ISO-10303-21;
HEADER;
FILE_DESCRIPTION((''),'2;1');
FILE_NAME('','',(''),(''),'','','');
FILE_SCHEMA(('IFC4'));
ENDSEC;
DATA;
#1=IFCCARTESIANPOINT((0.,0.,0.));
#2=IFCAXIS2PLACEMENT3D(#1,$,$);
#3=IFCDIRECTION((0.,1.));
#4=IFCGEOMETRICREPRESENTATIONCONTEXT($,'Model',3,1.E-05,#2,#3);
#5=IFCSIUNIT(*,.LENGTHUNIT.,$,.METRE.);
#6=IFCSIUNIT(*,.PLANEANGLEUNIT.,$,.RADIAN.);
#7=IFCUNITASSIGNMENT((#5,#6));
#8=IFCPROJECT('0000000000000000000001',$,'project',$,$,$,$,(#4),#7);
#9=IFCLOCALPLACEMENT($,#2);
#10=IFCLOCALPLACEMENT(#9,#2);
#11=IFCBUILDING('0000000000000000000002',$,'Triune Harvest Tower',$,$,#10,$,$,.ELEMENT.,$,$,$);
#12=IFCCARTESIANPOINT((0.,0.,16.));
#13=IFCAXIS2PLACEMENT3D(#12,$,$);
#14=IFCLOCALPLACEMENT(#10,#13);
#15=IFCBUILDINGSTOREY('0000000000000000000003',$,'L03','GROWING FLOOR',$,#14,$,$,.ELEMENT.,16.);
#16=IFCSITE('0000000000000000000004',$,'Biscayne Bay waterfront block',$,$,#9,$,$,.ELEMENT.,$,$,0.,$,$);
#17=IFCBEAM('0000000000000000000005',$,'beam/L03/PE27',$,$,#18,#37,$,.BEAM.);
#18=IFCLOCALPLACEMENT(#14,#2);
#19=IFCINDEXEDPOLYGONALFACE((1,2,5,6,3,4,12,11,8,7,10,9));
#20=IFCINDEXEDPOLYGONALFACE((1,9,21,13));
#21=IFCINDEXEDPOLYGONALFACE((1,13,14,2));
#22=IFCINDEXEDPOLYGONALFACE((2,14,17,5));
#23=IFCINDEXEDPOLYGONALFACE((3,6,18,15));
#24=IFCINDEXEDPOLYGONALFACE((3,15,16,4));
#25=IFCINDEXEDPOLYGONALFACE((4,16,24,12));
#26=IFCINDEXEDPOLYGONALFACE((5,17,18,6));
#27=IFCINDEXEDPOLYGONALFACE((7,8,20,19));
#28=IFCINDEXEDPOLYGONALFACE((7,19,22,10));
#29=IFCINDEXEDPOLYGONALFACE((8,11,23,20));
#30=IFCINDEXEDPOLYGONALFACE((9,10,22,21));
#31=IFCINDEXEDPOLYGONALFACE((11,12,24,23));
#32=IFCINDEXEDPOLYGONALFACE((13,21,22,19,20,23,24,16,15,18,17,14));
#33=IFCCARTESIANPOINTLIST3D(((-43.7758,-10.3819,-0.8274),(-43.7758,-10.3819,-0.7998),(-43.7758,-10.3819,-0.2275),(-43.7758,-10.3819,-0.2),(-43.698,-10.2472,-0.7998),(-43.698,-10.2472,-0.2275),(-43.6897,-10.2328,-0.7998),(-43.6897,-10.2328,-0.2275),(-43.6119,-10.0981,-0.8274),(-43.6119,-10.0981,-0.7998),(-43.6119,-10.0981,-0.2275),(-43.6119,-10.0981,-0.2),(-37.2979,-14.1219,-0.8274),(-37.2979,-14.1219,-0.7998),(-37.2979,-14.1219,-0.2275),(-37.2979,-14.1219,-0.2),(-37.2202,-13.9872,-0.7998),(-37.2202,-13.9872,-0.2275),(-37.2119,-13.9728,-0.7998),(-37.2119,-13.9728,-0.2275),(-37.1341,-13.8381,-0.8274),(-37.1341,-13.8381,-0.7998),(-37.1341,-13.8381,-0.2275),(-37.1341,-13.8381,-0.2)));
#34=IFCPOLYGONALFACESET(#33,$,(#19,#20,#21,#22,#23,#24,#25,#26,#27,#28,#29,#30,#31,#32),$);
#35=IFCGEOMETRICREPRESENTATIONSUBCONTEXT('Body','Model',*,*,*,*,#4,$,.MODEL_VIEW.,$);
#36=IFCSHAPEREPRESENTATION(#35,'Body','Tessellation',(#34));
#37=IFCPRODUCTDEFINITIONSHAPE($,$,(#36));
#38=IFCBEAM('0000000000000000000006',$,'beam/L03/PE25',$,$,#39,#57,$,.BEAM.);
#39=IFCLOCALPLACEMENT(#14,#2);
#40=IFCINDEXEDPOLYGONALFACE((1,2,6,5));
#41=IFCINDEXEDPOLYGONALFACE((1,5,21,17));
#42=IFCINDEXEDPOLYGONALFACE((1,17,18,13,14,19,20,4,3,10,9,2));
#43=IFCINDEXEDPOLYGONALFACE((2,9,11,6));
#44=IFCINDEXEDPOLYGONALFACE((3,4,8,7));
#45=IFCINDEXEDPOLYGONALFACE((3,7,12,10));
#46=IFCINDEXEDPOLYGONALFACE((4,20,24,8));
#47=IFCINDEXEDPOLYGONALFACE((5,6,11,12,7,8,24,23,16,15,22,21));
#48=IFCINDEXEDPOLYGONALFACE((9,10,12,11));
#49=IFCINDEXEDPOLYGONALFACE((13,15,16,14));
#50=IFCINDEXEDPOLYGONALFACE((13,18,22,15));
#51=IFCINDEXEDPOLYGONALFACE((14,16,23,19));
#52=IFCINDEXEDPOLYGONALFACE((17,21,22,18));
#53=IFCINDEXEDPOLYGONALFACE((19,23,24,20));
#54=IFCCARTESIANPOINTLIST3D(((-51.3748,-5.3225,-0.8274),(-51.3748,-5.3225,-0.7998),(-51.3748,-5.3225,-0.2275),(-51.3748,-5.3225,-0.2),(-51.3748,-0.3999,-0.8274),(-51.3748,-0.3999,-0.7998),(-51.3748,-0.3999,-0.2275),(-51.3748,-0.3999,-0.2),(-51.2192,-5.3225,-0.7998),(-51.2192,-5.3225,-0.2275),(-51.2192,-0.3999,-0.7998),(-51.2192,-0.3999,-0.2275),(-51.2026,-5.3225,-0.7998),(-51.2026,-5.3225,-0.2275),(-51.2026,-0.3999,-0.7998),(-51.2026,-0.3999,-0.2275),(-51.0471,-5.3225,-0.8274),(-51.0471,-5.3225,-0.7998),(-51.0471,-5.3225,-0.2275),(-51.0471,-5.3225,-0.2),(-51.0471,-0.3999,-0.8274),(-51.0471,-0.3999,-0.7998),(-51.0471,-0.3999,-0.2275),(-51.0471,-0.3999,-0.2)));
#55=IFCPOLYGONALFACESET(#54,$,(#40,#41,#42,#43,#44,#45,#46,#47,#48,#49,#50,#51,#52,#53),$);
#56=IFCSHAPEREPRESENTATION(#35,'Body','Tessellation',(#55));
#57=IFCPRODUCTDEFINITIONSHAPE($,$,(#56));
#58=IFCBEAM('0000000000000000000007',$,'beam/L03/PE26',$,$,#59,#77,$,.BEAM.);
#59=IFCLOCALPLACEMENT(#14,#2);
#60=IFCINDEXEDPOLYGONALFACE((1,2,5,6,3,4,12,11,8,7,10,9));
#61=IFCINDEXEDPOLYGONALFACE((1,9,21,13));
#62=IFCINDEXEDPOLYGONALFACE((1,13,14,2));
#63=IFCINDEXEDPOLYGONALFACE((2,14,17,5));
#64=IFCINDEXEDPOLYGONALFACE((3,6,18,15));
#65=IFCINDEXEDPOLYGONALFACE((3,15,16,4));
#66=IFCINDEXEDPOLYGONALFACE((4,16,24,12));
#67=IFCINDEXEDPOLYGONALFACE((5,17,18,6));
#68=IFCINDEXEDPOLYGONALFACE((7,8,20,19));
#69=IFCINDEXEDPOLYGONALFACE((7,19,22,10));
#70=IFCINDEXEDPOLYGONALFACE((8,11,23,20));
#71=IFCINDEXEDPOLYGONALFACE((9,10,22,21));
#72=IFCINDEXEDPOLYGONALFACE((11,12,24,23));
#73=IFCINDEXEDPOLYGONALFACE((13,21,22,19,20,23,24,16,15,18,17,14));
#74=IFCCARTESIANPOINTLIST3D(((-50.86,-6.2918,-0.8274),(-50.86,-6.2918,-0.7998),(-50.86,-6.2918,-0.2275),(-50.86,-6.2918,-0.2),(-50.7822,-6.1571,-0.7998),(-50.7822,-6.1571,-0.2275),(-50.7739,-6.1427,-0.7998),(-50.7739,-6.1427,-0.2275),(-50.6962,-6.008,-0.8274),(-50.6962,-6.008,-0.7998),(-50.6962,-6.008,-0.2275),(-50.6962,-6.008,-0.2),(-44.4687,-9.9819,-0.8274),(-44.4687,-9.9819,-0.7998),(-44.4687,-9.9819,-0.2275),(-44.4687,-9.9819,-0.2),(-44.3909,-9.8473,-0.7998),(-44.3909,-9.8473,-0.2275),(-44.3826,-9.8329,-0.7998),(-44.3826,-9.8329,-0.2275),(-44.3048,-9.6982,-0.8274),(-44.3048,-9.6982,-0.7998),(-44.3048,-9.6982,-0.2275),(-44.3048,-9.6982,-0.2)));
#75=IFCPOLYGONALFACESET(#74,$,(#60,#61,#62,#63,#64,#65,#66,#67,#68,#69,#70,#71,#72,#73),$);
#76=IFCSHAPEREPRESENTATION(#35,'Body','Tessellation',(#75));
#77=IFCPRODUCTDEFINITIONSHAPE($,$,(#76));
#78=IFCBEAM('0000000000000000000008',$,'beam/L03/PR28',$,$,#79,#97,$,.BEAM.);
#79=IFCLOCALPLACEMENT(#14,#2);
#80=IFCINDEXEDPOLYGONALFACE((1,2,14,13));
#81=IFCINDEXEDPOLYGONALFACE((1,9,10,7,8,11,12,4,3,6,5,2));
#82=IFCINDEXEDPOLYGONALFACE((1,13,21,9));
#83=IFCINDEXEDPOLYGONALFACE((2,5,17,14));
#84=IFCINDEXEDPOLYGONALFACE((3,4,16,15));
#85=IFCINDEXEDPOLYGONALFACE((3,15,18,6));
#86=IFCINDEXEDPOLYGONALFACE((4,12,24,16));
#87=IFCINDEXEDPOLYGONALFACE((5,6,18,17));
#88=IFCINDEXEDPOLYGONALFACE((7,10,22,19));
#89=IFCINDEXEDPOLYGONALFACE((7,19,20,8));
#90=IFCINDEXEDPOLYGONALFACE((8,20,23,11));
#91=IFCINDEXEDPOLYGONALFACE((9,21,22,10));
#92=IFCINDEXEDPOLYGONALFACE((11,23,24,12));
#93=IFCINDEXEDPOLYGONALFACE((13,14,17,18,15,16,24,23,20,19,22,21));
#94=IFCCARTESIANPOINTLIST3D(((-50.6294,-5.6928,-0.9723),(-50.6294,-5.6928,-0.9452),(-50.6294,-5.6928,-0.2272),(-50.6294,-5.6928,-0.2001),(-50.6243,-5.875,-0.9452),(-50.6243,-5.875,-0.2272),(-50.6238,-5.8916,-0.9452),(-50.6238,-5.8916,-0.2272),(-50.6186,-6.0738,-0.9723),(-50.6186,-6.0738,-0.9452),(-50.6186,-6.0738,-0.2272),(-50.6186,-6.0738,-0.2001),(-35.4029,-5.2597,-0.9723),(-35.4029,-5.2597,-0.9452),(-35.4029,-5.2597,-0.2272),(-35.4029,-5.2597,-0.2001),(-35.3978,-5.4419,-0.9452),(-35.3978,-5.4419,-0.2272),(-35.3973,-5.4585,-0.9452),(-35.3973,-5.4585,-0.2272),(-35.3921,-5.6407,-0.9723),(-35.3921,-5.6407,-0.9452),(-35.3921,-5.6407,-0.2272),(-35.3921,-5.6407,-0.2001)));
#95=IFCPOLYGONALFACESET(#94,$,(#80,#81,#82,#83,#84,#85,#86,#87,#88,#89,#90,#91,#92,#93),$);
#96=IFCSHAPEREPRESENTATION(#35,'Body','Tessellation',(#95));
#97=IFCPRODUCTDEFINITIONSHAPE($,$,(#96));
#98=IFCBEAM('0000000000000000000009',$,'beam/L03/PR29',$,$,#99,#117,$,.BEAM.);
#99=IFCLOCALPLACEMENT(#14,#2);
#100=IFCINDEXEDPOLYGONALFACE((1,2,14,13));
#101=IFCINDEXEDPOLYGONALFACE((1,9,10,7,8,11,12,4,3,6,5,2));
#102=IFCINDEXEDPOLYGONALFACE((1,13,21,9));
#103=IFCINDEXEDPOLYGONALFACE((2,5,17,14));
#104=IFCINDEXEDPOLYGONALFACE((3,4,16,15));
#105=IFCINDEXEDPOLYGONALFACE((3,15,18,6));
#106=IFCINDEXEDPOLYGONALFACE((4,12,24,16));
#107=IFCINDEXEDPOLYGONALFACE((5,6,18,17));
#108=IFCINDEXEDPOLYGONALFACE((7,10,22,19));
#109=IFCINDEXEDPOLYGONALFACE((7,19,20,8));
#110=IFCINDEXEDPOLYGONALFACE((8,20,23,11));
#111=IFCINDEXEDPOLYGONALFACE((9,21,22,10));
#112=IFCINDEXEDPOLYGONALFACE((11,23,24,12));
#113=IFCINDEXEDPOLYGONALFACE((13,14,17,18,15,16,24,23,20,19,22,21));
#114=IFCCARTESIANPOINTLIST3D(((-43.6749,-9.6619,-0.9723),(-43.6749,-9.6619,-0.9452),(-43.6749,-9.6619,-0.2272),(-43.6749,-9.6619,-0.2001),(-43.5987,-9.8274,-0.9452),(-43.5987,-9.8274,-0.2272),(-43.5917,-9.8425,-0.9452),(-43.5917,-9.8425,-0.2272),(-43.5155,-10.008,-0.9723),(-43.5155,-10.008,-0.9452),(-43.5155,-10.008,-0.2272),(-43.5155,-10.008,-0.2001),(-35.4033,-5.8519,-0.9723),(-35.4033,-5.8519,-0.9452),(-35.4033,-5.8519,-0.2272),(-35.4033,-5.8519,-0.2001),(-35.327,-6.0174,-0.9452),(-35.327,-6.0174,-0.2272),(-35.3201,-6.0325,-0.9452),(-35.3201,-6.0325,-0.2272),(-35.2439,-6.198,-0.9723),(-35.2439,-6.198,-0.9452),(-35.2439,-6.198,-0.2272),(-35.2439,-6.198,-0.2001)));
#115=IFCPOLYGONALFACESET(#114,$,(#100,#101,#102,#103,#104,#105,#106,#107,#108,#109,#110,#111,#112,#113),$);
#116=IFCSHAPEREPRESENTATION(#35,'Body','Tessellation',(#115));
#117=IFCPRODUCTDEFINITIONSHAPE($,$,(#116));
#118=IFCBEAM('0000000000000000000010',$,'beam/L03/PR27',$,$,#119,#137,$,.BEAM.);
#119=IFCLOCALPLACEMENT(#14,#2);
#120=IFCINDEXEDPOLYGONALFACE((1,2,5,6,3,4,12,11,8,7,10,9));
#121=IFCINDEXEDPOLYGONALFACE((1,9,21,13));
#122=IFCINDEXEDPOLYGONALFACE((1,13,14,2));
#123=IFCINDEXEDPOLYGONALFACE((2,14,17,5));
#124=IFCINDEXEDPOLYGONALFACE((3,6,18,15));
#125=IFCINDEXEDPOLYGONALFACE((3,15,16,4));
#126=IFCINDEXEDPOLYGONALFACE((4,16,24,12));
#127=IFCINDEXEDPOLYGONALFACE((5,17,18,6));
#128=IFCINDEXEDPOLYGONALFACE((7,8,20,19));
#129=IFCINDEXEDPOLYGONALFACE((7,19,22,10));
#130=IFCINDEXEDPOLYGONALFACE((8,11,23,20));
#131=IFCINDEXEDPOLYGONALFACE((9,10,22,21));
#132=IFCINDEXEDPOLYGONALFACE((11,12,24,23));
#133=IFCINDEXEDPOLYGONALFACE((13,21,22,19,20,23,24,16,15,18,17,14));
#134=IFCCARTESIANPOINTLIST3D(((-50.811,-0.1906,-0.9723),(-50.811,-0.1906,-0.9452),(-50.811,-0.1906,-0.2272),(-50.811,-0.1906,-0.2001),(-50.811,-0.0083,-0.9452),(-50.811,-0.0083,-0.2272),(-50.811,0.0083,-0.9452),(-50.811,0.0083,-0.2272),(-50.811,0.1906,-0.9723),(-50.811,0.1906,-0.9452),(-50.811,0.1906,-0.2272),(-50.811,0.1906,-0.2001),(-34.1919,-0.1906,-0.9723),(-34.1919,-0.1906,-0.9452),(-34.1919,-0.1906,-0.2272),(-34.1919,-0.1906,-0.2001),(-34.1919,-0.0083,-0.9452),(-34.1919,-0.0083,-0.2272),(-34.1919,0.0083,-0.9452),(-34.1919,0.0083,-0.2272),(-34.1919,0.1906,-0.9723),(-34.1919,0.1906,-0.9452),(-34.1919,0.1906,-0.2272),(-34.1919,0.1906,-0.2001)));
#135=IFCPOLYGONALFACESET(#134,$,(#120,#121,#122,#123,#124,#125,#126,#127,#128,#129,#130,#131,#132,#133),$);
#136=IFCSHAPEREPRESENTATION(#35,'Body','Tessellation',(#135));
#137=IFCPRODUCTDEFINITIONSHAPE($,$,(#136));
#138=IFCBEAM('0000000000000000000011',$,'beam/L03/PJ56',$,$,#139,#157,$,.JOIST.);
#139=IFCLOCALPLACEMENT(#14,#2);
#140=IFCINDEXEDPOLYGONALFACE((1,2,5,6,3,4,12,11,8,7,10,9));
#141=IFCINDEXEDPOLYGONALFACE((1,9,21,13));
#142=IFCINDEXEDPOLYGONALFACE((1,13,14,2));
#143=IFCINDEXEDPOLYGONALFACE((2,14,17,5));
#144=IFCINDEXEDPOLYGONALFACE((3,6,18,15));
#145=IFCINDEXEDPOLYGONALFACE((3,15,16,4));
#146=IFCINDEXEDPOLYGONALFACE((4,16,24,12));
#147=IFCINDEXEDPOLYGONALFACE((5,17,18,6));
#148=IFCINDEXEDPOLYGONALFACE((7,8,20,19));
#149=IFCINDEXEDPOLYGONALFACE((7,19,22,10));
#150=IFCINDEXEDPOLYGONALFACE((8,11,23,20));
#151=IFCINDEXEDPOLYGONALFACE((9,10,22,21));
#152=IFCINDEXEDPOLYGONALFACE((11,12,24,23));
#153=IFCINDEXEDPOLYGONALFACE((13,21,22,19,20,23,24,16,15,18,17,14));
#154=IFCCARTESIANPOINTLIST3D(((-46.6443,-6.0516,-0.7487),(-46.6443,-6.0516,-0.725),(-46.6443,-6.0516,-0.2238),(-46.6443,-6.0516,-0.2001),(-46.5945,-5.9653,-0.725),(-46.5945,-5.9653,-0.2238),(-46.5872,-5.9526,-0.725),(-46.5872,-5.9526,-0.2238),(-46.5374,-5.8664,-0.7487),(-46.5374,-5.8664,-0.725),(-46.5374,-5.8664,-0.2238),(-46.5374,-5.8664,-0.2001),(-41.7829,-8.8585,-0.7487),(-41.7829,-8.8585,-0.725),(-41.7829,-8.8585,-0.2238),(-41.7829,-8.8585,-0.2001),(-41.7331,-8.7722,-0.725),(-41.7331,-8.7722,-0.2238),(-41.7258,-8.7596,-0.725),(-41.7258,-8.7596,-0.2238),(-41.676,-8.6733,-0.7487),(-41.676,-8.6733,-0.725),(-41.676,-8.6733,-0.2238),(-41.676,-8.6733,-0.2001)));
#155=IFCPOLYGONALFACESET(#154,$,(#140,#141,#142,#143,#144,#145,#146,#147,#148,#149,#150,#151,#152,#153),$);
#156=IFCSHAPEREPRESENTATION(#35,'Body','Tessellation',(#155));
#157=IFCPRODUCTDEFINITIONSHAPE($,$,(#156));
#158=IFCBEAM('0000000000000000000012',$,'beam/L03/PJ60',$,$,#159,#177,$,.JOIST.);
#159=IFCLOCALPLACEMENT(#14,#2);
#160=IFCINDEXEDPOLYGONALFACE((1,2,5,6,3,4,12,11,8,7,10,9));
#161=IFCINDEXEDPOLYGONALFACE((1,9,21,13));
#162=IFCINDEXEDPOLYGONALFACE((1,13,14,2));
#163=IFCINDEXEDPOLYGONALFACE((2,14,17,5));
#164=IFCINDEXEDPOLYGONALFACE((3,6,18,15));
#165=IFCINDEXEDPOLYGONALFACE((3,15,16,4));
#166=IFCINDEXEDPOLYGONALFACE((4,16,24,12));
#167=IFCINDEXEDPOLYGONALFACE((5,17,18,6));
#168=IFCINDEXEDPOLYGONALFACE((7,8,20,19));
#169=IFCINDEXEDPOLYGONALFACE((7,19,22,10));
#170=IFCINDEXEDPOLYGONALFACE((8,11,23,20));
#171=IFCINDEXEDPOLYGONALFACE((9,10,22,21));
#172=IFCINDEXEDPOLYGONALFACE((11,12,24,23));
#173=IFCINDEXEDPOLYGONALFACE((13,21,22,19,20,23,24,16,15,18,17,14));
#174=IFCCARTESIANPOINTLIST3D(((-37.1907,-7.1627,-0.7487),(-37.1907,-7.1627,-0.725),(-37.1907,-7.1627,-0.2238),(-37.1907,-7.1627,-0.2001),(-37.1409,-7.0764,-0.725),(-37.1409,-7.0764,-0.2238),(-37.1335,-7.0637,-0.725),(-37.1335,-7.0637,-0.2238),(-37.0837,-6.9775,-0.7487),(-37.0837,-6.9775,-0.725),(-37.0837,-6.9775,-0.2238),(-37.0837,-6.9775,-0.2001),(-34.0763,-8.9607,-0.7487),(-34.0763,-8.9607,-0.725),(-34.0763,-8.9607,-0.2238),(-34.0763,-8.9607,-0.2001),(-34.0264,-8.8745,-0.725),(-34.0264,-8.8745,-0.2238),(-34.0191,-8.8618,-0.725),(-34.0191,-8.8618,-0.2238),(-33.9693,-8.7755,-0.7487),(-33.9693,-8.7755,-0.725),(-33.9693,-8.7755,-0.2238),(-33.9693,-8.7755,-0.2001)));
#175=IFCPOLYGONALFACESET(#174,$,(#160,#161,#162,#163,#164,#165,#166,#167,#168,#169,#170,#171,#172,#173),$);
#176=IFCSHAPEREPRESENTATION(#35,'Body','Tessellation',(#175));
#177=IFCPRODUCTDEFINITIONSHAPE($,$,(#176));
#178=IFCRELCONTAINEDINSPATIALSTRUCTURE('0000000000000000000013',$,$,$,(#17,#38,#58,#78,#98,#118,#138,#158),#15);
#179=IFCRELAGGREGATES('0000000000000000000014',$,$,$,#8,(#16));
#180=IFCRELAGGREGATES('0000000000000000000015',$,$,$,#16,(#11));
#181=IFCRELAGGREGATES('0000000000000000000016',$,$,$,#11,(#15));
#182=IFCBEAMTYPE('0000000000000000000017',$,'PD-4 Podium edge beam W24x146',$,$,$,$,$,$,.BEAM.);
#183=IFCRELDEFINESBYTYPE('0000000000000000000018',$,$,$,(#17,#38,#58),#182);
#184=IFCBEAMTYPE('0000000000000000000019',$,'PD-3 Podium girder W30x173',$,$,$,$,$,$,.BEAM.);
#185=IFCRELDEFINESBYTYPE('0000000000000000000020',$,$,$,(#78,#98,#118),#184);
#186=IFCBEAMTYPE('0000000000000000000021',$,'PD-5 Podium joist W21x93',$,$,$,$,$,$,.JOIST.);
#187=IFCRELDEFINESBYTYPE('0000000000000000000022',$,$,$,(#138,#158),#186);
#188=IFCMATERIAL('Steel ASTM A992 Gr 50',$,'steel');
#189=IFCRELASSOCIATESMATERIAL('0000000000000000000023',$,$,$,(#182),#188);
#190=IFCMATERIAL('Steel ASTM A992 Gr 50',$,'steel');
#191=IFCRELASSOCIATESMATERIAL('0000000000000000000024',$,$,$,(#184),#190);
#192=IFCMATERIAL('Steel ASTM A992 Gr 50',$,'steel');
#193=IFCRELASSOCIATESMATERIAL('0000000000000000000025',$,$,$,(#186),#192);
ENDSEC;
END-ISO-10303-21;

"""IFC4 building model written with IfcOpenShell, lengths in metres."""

from ifc_helpers import new_model, si_unit, direction, frame, origin, origin_2d, place, context, subcontext, project, spatial, i_section, extrude, source, transform, mapped, material, material_profile, profile_set, type_object, element, save


model = new_model("IFC4")

# Units and contexts
model_context = context("Model", 3, precision=1e-05, world=origin(), true_north=direction((0.0, 1.0)))
body_context = subcontext(model_context, "Body", "Model", "MODEL_VIEW")
ifc_project = project(units=[si_unit("LENGTHUNIT", "METRE"), si_unit("PLANEANGLEUNIT", "RADIAN")], contexts=[model_context])

# Site, building, storey
site_placement = place(None, origin())
site = spatial("IfcSite", under=ifc_project, at=site_placement, Name="Biscayne Bay waterfront block", CompositionType="ELEMENT", RefElevation=0.0)
building_placement = place(site_placement, origin())
building = spatial("IfcBuilding", under=site, at=building_placement, Name="Triune Harvest Tower", CompositionType="ELEMENT")
storey_placement = place(building_placement, frame((0.0, 0.0, 16.0)))
storey = spatial("IfcBuildingStorey", under=building, at=storey_placement, Name="L03", Description="GROWING FLOOR", CompositionType="ELEMENT", Elevation=16.0)

# Beams
ifc_material_1 = material(Name="Steel ASTM A992 Gr 50", Category="steel")
ifc_material_profile_1 = material_profile(ifc_material_1, i_section(OverallWidth=0.3276, OverallDepth=0.6274, WebThickness=0.0166, FlangeThickness=0.0276, at=origin_2d()), Name="W24x146")
ifc_profile_set_1 = profile_set([ifc_material_profile_1], Name="Steel ASTM A992 Gr 50")
beam_type_1 = type_object("IfcBeamType", Name="PD-4 Podium edge beam W24x146", PredefinedType="BEAM", material=ifc_profile_set_1)
shared_shape_1 = source(origin(), body_context, "Body", "SweptSolid", [
    extrude(i_section(OverallWidth=0.3276, OverallDepth=0.6274, WebThickness=0.0166, FlangeThickness=0.0276, at=origin_2d()), origin(), (0.0, 0.0, 1.0), 7.48),
])
beam_1_placement = place(storey_placement, frame((-43.6938, -10.24, -0.5137), z_axis=(0.866023, -0.500004, 0.0), x_axis=(0.500004, 0.866023, 0.0)))
element("IfcBeam", 1, at=beam_1_placement, inside=storey, type_object=beam_type_1, Name="beam/L03/PE27", PredefinedType="BEAM", context=body_context, shape_type="MappedRepresentation", body=[
    mapped(shared_shape_1, transform((0.0, 0.0, 0.0), scale=1.0)),
])
shared_shape_2 = source(origin(), body_context, "Body", "SweptSolid", [
    extrude(i_section(OverallWidth=0.3276, OverallDepth=0.6274, WebThickness=0.0166, FlangeThickness=0.0276, at=origin_2d()), origin(), (0.0, 0.0, 1.0), 4.9226),
])
beam_2_placement = place(storey_placement, frame((-51.2109, -0.3999, -0.5137), z_axis=(0.0, -1.0, 0.0), x_axis=(1.0, 0.0, 0.0)))
element("IfcBeam", 2, at=beam_2_placement, inside=storey, type_object=beam_type_1, Name="beam/L03/PE25", PredefinedType="BEAM", context=body_context, shape_type="MappedRepresentation", body=[
    mapped(shared_shape_2, transform((0.0, 0.0, 0.0), scale=1.0)),
])
shared_shape_3 = source(origin(), body_context, "Body", "SweptSolid", [
    extrude(i_section(OverallWidth=0.3276, OverallDepth=0.6274, WebThickness=0.0166, FlangeThickness=0.0276, at=origin_2d()), origin(), (0.0, 0.0, 1.0), 7.3801),
])
beam_3_placement = place(storey_placement, frame((-50.7781, -6.1499, -0.5137), z_axis=(0.866018, -0.500014, 0.0), x_axis=(0.500014, 0.866018, 0.0)))
element("IfcBeam", 3, at=beam_3_placement, inside=storey, type_object=beam_type_1, Name="beam/L03/PE26", PredefinedType="BEAM", context=body_context, shape_type="MappedRepresentation", body=[
    mapped(shared_shape_3, transform((0.0, 0.0, 0.0), scale=1.0)),
])
ifc_material_2 = material(Name="Steel ASTM A992 Gr 50", Category="steel")
ifc_material_profile_2 = material_profile(ifc_material_2, i_section(OverallWidth=0.3811, OverallDepth=0.7722, WebThickness=0.0166, FlangeThickness=0.0271, at=origin_2d()), Name="W30x173")
ifc_profile_set_2 = profile_set([ifc_material_profile_2], Name="Steel ASTM A992 Gr 50")
beam_type_2 = type_object("IfcBeamType", Name="PD-3 Podium girder W30x173", PredefinedType="BEAM", material=ifc_profile_set_2)
shared_shape_4 = source(origin(), body_context, "Body", "SweptSolid", [
    extrude(i_section(OverallWidth=0.3811, OverallDepth=0.7722, WebThickness=0.0166, FlangeThickness=0.0271, at=origin_2d()), origin(), (0.0, 0.0, 1.0), 15.2327),
])
beam_4_placement = place(storey_placement, frame((-50.624, -5.8833, -0.5862), z_axis=(0.999596, 0.028433, 0.0), x_axis=(-0.028433, 0.999596, 0.0)))
element("IfcBeam", 4, at=beam_4_placement, inside=storey, type_object=beam_type_2, Name="beam/L03/PR28", PredefinedType="BEAM", context=body_context, shape_type="MappedRepresentation", body=[
    mapped(shared_shape_4, transform((0.0, 0.0, 0.0), scale=1.0)),
])
shared_shape_5 = source(origin(), body_context, "Body", "SweptSolid", [
    extrude(i_section(OverallWidth=0.3811, OverallDepth=0.7722, WebThickness=0.0166, FlangeThickness=0.0271, at=origin_2d()), origin(), (0.0, 0.0, 1.0), 9.1069),
])
beam_5_placement = place(storey_placement, frame((-43.5952, -9.835, -0.5862), z_axis=(0.908279, 0.418364, 0.0), x_axis=(-0.418364, 0.908279, 0.0)))
element("IfcBeam", 5, at=beam_5_placement, inside=storey, type_object=beam_type_2, Name="beam/L03/PR29", PredefinedType="BEAM", context=body_context, shape_type="MappedRepresentation", body=[
    mapped(shared_shape_5, transform((0.0, 0.0, 0.0), scale=1.0)),
])
shared_shape_6 = source(origin(), body_context, "Body", "SweptSolid", [
    extrude(i_section(OverallWidth=0.3811, OverallDepth=0.7722, WebThickness=0.0166, FlangeThickness=0.0271, at=origin_2d()), origin(), (0.0, 0.0, 1.0), 16.6191),
])
beam_6_placement = place(storey_placement, frame((-50.811, 0.0, -0.5862), z_axis=(1.0, 0.0, 0.0), x_axis=(0.0, 1.0, 0.0)))
element("IfcBeam", 6, at=beam_6_placement, inside=storey, type_object=beam_type_2, Name="beam/L03/PR27", PredefinedType="BEAM", context=body_context, shape_type="MappedRepresentation", body=[
    mapped(shared_shape_6, transform((0.0, 0.0, 0.0), scale=1.0)),
])
ifc_material_3 = material(Name="Steel ASTM A992 Gr 50", Category="steel")
ifc_material_profile_3 = material_profile(ifc_material_3, i_section(OverallWidth=0.2139, OverallDepth=0.5486, WebThickness=0.0146, FlangeThickness=0.0237, at=origin_2d()), Name="W21x93")
ifc_profile_set_3 = profile_set([ifc_material_profile_3], Name="Steel ASTM A992 Gr 50")
beam_type_3 = type_object("IfcBeamType", Name="PD-5 Podium joist W21x93", PredefinedType="JOIST", material=ifc_profile_set_3)
shared_shape_7 = source(origin(), body_context, "Body", "SweptSolid", [
    extrude(i_section(OverallWidth=0.2139, OverallDepth=0.5486, WebThickness=0.0146, FlangeThickness=0.0237, at=origin_2d()), origin(), (0.0, 0.0, 1.0), 5.6135),
])
beam_7_placement = place(storey_placement, frame((-46.5908, -5.959, -0.4744), z_axis=(0.86601, -0.500026, 0.0), x_axis=(0.500026, 0.86601, 0.0)))
element("IfcBeam", 7, at=beam_7_placement, inside=storey, type_object=beam_type_3, Name="beam/L03/PJ56", PredefinedType="JOIST", context=body_context, shape_type="MappedRepresentation", body=[
    mapped(shared_shape_7, transform((0.0, 0.0, 0.0), scale=1.0)),
])
shared_shape_8 = source(origin(), body_context, "Body", "SweptSolid", [
    extrude(i_section(OverallWidth=0.2139, OverallDepth=0.5486, WebThickness=0.0146, FlangeThickness=0.0237, at=origin_2d()), origin(), (0.0, 0.0, 1.0), 3.5962),
])
beam_8_placement = place(storey_placement, frame((-37.1372, -7.0701, -0.4744), z_axis=(0.866033, -0.499987, 0.0), x_axis=(0.499987, 0.866033, 0.0)))
element("IfcBeam", 8, at=beam_8_placement, inside=storey, type_object=beam_type_3, Name="beam/L03/PJ60", PredefinedType="JOIST", context=body_context, shape_type="MappedRepresentation", body=[
    mapped(shared_shape_8, transform((0.0, 0.0, 0.0), scale=1.0)),
])

save(model, "model.ifc")
